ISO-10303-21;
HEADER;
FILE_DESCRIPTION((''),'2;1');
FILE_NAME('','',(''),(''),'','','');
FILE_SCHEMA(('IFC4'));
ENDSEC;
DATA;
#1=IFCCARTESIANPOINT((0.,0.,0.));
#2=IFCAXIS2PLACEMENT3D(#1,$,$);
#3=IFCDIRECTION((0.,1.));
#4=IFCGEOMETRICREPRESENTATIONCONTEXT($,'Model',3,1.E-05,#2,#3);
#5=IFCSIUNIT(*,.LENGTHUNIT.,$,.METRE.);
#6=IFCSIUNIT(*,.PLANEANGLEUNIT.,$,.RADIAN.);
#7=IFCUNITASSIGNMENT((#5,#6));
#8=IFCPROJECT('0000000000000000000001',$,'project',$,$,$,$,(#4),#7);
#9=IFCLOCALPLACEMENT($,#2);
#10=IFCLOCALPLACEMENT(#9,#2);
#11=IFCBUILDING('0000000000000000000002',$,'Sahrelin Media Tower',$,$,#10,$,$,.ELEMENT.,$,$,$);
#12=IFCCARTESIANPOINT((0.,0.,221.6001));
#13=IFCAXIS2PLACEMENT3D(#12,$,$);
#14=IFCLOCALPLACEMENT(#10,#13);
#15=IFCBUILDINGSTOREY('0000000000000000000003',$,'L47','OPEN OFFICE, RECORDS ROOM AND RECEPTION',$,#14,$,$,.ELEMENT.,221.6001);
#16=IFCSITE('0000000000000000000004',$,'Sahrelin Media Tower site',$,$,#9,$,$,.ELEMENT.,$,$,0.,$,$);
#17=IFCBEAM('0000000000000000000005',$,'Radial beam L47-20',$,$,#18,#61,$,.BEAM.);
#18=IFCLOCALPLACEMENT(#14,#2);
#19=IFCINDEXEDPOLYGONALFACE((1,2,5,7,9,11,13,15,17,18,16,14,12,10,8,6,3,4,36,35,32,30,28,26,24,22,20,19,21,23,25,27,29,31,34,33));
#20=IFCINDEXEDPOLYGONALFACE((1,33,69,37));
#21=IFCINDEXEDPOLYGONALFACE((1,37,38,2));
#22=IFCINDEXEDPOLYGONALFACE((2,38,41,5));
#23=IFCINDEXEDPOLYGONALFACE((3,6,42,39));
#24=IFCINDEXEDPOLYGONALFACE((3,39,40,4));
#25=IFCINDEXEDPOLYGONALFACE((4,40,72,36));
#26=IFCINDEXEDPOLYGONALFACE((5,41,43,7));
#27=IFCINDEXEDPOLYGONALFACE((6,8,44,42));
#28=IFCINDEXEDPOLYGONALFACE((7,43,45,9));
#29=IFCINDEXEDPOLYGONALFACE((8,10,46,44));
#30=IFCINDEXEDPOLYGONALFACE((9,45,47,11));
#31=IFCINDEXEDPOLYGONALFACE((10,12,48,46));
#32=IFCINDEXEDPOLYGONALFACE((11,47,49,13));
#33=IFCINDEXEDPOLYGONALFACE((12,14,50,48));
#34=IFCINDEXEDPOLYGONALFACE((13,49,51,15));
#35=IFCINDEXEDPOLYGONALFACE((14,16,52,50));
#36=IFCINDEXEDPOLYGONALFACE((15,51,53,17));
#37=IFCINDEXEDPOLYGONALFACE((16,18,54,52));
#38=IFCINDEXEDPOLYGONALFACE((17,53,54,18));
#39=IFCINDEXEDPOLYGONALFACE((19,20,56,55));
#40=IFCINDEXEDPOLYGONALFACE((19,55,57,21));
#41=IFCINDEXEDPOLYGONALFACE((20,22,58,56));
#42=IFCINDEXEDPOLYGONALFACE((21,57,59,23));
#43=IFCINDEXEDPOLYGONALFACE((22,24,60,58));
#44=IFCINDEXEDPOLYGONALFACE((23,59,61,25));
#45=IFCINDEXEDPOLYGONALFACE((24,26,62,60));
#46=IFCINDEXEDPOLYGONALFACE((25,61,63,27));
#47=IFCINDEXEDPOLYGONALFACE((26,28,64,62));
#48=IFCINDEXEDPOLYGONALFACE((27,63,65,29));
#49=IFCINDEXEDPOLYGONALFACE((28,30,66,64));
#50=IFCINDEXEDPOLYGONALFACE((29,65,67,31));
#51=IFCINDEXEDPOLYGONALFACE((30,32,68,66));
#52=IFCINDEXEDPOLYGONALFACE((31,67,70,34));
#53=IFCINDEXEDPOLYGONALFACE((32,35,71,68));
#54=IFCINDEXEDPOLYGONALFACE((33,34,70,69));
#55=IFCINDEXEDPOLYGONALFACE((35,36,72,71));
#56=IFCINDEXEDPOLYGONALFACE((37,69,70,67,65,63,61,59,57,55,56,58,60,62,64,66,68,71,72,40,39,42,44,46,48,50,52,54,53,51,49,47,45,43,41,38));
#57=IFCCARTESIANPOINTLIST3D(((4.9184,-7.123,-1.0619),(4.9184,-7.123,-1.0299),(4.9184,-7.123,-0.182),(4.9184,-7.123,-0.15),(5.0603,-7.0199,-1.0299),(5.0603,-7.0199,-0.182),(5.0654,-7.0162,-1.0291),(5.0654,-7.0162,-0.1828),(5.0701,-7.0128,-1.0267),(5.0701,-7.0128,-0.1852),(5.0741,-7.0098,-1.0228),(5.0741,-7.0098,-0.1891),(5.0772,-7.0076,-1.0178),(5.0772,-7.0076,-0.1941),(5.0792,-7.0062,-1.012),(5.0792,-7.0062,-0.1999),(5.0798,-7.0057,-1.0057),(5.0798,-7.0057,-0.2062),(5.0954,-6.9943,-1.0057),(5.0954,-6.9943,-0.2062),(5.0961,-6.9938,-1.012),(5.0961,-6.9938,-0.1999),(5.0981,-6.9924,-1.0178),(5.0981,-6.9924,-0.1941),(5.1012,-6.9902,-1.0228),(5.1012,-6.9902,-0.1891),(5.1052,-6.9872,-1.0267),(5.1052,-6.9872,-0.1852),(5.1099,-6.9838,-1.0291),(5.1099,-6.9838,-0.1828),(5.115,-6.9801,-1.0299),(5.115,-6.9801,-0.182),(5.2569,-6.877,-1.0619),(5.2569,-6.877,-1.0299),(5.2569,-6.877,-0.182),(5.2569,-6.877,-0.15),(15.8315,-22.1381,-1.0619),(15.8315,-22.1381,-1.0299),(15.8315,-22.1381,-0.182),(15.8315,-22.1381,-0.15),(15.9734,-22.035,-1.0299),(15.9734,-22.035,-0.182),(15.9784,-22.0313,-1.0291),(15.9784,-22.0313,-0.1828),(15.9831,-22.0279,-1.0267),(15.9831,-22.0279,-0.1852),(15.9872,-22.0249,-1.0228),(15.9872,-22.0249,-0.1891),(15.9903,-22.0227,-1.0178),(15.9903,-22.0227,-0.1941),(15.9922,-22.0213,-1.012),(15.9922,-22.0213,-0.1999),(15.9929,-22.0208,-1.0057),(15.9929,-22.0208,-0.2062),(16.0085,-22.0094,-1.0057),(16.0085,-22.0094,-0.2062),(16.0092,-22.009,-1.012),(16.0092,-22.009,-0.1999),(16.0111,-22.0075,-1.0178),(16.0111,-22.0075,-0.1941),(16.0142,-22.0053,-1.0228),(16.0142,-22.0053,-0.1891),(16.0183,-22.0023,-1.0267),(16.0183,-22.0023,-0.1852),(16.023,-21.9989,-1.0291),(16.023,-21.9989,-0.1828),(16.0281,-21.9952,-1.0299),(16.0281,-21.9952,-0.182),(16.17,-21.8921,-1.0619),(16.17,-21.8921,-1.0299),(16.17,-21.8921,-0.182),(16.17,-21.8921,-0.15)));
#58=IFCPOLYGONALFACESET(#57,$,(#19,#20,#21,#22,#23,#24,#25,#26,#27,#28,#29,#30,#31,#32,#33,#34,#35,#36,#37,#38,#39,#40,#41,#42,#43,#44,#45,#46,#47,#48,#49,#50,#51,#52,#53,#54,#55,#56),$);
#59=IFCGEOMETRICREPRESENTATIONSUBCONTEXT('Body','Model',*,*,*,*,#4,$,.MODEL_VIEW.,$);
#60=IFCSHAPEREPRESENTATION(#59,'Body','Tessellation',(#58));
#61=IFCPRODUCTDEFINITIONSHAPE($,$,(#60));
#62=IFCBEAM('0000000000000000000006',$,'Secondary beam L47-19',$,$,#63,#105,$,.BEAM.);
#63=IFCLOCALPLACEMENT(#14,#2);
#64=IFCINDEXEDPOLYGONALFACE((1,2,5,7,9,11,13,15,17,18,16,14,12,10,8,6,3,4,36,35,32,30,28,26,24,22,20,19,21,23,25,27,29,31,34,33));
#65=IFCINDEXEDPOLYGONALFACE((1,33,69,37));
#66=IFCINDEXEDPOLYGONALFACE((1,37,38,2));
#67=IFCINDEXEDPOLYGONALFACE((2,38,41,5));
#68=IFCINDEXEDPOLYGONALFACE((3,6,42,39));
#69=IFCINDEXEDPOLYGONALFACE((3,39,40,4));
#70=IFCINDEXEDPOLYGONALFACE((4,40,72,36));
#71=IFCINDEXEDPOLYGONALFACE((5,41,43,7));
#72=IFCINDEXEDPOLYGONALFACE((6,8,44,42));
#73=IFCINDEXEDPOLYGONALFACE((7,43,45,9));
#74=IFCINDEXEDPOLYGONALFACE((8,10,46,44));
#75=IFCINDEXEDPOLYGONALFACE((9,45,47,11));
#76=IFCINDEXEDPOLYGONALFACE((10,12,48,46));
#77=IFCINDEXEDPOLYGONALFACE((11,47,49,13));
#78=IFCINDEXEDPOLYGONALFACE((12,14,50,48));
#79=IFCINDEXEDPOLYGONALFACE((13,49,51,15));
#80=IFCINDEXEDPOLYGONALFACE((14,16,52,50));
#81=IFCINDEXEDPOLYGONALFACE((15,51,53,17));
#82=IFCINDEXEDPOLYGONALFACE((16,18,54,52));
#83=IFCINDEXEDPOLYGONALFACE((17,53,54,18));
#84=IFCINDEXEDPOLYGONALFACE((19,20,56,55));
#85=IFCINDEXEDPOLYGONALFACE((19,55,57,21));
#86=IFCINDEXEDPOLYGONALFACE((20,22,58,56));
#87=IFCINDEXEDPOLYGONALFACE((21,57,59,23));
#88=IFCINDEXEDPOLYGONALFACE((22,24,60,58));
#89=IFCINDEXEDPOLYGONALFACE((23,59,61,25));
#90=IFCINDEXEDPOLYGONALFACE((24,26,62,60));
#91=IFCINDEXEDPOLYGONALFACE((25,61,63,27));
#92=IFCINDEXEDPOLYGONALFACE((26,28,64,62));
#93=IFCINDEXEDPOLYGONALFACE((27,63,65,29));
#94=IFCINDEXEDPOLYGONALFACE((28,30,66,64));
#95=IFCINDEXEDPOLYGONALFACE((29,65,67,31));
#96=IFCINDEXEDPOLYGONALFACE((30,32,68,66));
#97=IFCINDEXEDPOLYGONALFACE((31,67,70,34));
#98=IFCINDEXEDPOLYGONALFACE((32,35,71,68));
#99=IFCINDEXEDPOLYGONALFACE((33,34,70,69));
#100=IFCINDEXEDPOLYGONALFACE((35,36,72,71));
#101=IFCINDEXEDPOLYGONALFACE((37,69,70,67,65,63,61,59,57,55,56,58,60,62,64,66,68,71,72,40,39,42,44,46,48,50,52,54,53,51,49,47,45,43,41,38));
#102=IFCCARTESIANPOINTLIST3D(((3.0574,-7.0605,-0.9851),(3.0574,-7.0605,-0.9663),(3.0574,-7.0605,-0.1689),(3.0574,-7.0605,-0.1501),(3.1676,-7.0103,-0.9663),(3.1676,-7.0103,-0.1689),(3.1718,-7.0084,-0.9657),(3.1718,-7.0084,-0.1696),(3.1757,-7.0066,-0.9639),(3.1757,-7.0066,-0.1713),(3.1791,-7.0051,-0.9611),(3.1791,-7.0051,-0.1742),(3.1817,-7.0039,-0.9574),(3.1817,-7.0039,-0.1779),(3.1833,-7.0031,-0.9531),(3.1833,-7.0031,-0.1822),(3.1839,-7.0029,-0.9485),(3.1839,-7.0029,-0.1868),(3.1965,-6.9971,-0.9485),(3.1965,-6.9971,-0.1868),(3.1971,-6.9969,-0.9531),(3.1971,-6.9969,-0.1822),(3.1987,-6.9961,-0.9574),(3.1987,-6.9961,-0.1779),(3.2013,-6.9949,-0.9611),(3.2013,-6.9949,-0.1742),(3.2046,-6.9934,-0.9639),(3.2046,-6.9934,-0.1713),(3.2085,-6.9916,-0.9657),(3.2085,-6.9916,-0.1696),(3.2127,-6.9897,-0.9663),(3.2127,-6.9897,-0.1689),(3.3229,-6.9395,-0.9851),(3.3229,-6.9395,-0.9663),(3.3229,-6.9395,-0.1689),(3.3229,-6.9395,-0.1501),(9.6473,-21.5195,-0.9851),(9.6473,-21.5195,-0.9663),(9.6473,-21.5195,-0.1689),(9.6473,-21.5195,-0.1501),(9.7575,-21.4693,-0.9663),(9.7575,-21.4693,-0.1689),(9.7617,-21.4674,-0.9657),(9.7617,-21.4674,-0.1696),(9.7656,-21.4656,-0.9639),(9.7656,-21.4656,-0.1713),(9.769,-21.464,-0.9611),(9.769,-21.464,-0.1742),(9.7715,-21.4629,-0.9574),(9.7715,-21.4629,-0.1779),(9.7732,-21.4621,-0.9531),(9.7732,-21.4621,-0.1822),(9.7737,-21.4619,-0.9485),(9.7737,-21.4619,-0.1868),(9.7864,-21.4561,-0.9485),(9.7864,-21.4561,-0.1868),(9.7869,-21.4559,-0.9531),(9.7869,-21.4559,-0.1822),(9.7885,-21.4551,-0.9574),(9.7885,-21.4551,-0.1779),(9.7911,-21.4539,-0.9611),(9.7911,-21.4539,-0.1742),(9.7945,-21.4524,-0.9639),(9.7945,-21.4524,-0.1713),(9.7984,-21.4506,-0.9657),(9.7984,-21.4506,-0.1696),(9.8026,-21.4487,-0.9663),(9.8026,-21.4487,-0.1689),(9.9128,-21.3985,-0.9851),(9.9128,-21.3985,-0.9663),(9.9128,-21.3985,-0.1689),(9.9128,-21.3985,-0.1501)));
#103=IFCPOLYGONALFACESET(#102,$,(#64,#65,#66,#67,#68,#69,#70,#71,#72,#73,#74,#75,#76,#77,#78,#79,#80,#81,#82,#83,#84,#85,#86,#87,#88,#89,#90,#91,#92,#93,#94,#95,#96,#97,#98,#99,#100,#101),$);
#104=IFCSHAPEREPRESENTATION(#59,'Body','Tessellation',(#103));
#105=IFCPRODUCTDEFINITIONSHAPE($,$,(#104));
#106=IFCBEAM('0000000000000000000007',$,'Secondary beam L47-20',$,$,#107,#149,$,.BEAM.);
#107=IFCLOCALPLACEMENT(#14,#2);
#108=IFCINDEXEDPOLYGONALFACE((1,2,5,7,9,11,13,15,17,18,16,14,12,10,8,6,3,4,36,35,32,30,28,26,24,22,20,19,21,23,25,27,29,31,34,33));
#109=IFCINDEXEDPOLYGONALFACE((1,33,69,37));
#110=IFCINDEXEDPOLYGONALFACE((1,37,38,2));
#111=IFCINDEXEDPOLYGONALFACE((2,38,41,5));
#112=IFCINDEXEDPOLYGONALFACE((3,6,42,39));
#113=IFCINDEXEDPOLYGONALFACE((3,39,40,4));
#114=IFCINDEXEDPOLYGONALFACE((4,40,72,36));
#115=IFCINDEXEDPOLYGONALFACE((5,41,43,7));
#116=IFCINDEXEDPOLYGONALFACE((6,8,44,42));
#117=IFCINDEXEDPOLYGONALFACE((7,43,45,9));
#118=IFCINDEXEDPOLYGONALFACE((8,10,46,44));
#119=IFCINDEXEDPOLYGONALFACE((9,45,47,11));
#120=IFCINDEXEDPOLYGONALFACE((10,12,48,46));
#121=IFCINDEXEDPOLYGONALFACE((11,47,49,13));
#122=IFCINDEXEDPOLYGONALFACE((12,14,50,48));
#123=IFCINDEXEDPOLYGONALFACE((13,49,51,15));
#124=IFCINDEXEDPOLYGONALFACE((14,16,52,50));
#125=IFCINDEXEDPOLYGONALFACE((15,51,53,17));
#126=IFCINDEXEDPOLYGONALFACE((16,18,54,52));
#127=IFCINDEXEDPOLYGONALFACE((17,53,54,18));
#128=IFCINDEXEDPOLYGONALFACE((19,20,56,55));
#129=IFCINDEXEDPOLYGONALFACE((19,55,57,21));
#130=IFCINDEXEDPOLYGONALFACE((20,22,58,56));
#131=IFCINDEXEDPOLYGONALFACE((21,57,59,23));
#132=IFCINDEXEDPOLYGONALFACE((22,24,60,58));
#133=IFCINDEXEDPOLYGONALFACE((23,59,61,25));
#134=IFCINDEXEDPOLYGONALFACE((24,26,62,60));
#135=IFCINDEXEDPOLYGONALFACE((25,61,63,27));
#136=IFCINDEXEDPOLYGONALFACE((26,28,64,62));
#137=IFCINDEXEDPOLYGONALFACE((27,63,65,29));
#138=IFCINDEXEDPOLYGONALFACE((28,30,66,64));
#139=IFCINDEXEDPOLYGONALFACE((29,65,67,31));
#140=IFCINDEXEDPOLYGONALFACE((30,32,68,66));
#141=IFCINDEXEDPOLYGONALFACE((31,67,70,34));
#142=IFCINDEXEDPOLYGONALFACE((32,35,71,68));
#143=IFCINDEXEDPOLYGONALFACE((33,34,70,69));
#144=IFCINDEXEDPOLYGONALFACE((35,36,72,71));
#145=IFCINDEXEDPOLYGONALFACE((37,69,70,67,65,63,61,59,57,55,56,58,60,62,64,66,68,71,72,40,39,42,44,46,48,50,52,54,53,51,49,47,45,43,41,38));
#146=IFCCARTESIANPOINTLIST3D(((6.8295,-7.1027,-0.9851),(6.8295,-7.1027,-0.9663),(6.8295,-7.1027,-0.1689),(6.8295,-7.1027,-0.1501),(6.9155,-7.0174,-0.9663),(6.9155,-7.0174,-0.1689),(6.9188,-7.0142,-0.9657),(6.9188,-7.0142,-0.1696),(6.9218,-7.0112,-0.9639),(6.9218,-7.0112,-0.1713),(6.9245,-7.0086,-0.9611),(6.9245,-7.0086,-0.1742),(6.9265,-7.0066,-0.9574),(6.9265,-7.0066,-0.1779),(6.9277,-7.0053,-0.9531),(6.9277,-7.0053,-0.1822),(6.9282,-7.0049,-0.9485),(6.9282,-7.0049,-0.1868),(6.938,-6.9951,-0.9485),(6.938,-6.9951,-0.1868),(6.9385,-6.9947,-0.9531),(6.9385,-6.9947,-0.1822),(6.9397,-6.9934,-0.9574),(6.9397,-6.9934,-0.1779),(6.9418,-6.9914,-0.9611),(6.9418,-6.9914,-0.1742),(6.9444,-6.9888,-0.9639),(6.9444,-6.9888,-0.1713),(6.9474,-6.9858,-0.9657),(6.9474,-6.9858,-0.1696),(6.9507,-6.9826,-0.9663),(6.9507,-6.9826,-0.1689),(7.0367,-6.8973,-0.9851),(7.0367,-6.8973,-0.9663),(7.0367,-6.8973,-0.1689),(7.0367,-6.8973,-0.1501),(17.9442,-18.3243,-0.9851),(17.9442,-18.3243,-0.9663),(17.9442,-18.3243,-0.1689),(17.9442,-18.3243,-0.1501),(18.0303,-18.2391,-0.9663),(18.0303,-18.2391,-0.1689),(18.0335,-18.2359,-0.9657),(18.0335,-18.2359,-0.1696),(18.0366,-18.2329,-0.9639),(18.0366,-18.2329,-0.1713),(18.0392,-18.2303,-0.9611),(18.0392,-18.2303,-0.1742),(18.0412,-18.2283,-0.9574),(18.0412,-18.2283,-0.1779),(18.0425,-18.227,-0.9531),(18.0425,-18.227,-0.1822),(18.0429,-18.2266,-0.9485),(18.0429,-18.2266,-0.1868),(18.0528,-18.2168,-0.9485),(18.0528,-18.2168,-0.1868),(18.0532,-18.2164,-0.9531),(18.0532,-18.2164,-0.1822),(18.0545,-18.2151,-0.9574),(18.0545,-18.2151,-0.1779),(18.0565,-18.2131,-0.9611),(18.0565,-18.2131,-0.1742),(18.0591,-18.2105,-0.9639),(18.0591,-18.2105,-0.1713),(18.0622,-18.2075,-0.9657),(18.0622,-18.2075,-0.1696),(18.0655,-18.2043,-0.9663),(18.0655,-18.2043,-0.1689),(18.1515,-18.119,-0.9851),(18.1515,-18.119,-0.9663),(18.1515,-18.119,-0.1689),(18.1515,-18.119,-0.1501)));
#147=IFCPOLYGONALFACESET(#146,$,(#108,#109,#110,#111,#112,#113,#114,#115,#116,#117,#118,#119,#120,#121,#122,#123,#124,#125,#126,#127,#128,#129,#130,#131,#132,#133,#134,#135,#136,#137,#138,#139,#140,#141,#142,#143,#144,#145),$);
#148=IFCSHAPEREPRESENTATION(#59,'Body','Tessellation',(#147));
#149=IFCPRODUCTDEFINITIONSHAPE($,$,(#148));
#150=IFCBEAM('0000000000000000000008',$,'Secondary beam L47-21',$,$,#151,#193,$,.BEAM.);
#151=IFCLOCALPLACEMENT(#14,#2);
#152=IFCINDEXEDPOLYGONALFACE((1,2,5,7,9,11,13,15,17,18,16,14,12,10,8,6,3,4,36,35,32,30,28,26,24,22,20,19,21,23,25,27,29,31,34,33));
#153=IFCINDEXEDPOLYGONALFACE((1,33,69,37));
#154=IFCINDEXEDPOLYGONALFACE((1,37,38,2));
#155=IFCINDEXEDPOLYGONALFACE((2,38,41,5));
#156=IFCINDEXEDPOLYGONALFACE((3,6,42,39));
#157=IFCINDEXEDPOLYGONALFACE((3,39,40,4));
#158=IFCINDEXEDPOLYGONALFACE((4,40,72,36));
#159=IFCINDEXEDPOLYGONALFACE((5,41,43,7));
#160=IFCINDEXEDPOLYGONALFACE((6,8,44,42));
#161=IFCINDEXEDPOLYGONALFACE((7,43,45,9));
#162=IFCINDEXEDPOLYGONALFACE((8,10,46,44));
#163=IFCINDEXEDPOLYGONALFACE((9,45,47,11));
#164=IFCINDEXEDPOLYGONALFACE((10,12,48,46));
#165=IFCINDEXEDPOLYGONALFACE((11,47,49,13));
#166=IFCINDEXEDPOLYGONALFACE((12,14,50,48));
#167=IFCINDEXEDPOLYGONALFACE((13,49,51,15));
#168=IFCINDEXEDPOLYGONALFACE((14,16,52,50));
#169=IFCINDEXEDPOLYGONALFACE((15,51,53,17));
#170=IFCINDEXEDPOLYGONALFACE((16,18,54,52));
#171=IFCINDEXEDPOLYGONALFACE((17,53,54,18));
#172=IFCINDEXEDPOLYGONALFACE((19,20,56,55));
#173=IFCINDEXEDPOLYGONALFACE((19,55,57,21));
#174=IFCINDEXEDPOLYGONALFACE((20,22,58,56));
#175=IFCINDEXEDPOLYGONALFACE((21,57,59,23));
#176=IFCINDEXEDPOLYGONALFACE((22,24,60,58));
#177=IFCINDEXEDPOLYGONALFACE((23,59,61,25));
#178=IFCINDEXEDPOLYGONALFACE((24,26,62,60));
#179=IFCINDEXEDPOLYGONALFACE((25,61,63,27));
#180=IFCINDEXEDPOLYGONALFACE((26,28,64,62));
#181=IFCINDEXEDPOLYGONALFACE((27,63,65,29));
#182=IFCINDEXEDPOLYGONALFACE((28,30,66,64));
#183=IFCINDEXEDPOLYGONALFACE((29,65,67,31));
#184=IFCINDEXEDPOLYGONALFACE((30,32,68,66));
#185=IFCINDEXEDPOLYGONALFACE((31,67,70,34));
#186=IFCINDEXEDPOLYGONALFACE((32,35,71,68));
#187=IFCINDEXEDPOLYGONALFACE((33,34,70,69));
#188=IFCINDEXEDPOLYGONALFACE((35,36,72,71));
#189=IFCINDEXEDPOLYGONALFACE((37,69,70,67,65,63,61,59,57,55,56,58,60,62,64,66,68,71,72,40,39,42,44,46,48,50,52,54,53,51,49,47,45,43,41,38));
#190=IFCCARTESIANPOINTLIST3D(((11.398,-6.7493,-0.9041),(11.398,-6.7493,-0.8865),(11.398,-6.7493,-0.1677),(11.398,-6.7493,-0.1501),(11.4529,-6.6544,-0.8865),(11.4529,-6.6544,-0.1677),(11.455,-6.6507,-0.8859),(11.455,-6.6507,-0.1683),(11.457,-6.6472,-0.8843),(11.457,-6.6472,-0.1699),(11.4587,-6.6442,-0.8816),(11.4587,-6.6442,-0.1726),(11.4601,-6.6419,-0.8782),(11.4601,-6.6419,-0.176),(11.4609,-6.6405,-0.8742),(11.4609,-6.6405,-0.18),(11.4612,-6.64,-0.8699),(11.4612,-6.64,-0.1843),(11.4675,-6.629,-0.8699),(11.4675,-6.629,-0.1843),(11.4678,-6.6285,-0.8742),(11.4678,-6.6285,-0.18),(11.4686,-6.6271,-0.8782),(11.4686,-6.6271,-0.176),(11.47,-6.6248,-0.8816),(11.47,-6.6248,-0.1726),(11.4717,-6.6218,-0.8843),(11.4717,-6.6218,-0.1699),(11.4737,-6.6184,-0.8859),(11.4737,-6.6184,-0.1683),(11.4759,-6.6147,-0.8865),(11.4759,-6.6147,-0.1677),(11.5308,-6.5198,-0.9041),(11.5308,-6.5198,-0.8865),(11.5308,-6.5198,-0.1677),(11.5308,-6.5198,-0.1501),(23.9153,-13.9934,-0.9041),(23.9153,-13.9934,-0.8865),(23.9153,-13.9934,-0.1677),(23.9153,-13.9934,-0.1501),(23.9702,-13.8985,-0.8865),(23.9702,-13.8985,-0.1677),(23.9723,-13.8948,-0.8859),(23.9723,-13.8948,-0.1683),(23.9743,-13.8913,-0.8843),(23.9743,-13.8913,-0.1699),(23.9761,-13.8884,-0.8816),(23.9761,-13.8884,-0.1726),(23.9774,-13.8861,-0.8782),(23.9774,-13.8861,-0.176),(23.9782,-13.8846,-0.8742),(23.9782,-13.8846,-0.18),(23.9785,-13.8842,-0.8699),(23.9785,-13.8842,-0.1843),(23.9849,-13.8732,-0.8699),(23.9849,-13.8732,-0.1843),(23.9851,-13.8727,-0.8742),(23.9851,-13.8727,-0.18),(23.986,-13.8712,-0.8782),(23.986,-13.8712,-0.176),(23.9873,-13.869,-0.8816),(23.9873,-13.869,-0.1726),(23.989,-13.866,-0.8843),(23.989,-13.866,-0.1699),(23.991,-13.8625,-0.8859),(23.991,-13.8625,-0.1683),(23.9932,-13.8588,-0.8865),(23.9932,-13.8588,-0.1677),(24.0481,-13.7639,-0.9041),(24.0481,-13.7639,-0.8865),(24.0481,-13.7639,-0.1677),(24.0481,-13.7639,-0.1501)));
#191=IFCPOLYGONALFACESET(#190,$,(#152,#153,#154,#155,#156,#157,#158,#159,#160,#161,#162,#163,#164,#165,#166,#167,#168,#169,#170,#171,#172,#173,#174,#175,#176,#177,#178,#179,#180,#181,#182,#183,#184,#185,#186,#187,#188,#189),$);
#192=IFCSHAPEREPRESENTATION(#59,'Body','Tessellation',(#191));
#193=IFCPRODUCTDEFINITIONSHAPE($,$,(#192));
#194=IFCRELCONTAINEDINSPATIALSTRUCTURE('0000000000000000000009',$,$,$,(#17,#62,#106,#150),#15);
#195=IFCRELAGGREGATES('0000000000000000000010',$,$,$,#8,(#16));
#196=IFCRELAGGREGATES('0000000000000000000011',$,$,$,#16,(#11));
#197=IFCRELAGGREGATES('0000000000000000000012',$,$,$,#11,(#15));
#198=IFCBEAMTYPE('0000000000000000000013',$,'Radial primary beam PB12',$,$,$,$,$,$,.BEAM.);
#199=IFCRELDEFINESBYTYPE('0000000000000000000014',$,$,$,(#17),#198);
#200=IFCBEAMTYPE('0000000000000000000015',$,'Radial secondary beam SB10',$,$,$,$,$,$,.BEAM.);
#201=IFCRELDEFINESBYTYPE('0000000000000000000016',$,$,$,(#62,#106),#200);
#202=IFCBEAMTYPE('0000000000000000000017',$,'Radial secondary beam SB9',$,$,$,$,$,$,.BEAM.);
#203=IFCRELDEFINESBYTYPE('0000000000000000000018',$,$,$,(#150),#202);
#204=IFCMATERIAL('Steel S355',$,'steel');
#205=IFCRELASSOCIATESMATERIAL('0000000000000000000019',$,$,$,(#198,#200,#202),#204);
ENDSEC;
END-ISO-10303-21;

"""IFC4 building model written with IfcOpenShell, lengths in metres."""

from ifc_helpers import new_model, si_unit, direction, frame, origin, origin_2d, place, context, subcontext, project, spatial, i_section, extrude, material, material_profile, profile_set, type_object, element, save


model = new_model("IFC4")

# Units and contexts
model_context = context("Model", 3, precision=1e-05, world=origin(), true_north=direction((0.0, 1.0)))
body_context = subcontext(model_context, "Body", "Model", "MODEL_VIEW")
ifc_project = project(units=[si_unit("LENGTHUNIT", "METRE"), si_unit("PLANEANGLEUNIT", "RADIAN")], contexts=[model_context])

# Site, building, storey
site_placement = place(None, origin())
site = spatial("IfcSite", under=ifc_project, at=site_placement, Name="Sahrelin Media Tower site", CompositionType="ELEMENT", RefElevation=0.0)
building_placement = place(site_placement, origin())
building = spatial("IfcBuilding", under=site, at=building_placement, Name="Sahrelin Media Tower", CompositionType="ELEMENT")
storey_placement = place(building_placement, frame((0.0, 0.0, 221.6001)))
storey = spatial("IfcBuildingStorey", under=building, at=storey_placement, Name="L47", Description="OPEN OFFICE, RECORDS ROOM AND RECEPTION", CompositionType="ELEMENT", Elevation=221.6001)

# Shared definitions
ifc_material_1 = material(Name="Steel S355", Category="steel")

# Beams
ifc_material_profile_1 = material_profile(ifc_material_1, i_section(OverallWidth=0.4185, OverallDepth=0.9119, WebThickness=0.0193, FlangeThickness=0.032, FilletRadius=0.0242, at=origin_2d()), Name="UB 914x419x343")
ifc_profile_set_1 = profile_set([ifc_material_profile_1], Name="Steel S355")
beam_type_1 = type_object("IfcBeamType", Name="Radial primary beam PB12", PredefinedType="BEAM", material=ifc_profile_set_1)
beam_1_placement = place(storey_placement, frame((5.0876, -7.0, -0.606), z_axis=(0.587925, -0.808916, 0.0), x_axis=(0.808916, 0.587925, 0.0)))
element("IfcBeam", 1, at=beam_1_placement, inside=storey, type_object=beam_type_1, Name="Radial beam L47-20", PredefinedType="BEAM", context=body_context, shape_type="SweptSolid", body=[
    extrude(i_section(OverallWidth=0.4185, OverallDepth=0.9119, WebThickness=0.0193, FlangeThickness=0.032, FilletRadius=0.0242, at=origin_2d()), origin(), (0.0, 0.0, 1.0), 18.562),
])
ifc_material_profile_2 = material_profile(ifc_material_1, i_section(OverallWidth=0.2917, OverallDepth=0.835, WebThickness=0.0139, FlangeThickness=0.0188, FilletRadius=0.0178, at=origin_2d()), Name="UB 838x292x176")
ifc_profile_set_2 = profile_set([ifc_material_profile_2], Name="Steel S355")
beam_type_2 = type_object("IfcBeamType", Name="Radial secondary beam SB10", PredefinedType="BEAM", material=ifc_profile_set_2)
beam_2_placement = place(storey_placement, frame((3.1902, -7.0, -0.5676), z_axis=(0.41472, -0.909949, 0.0), x_axis=(0.909949, 0.41472, 0.0)))
element("IfcBeam", 2, at=beam_2_placement, inside=storey, type_object=beam_type_2, Name="Secondary beam L47-19", PredefinedType="BEAM", context=body_context, shape_type="SweptSolid", body=[
    extrude(i_section(OverallWidth=0.2917, OverallDepth=0.835, WebThickness=0.0139, FlangeThickness=0.0188, FilletRadius=0.0178, at=origin_2d()), origin(), (0.0, 0.0, 1.0), 15.8899),
])
beam_3_placement = place(storey_placement, frame((6.9331, -7.0, -0.5676), z_axis=(0.703714, -0.710484, 0.0), x_axis=(0.710484, 0.703714, 0.0)))
element("IfcBeam", 3, at=beam_3_placement, inside=storey, type_object=beam_type_2, Name="Secondary beam L47-20", PredefinedType="BEAM", context=body_context, shape_type="SweptSolid", body=[
    extrude(i_section(OverallWidth=0.2917, OverallDepth=0.835, WebThickness=0.0139, FlangeThickness=0.0188, FilletRadius=0.0178, at=origin_2d()), origin(), (0.0, 0.0, 1.0), 15.7944),
])
ifc_material_profile_3 = material_profile(ifc_material_1, i_section(OverallWidth=0.2651, OverallDepth=0.7539, WebThickness=0.0127, FlangeThickness=0.0176, FilletRadius=0.0166, at=origin_2d()), Name="UB 762x267x147")
ifc_profile_set_3 = profile_set([ifc_material_profile_3], Name="Steel S355")
beam_type_3 = type_object("IfcBeamType", Name="Radial secondary beam SB9", PredefinedType="BEAM", material=ifc_profile_set_3)
beam_4_placement = place(storey_placement, frame((11.4644, -6.6345, -0.5271), z_axis=(0.865508, -0.500895, 0.0), x_axis=(0.500895, 0.865508, 0.0)))
element("IfcBeam", 4, at=beam_4_placement, inside=storey, type_object=beam_type_3, Name="Secondary beam L47-21", PredefinedType="BEAM", context=body_context, shape_type="SweptSolid", body=[
    extrude(i_section(OverallWidth=0.2651, OverallDepth=0.7539, WebThickness=0.0127, FlangeThickness=0.0176, FilletRadius=0.0166, at=origin_2d()), origin(), (0.0, 0.0, 1.0), 14.4624),
])

save(model, "model.ifc")
